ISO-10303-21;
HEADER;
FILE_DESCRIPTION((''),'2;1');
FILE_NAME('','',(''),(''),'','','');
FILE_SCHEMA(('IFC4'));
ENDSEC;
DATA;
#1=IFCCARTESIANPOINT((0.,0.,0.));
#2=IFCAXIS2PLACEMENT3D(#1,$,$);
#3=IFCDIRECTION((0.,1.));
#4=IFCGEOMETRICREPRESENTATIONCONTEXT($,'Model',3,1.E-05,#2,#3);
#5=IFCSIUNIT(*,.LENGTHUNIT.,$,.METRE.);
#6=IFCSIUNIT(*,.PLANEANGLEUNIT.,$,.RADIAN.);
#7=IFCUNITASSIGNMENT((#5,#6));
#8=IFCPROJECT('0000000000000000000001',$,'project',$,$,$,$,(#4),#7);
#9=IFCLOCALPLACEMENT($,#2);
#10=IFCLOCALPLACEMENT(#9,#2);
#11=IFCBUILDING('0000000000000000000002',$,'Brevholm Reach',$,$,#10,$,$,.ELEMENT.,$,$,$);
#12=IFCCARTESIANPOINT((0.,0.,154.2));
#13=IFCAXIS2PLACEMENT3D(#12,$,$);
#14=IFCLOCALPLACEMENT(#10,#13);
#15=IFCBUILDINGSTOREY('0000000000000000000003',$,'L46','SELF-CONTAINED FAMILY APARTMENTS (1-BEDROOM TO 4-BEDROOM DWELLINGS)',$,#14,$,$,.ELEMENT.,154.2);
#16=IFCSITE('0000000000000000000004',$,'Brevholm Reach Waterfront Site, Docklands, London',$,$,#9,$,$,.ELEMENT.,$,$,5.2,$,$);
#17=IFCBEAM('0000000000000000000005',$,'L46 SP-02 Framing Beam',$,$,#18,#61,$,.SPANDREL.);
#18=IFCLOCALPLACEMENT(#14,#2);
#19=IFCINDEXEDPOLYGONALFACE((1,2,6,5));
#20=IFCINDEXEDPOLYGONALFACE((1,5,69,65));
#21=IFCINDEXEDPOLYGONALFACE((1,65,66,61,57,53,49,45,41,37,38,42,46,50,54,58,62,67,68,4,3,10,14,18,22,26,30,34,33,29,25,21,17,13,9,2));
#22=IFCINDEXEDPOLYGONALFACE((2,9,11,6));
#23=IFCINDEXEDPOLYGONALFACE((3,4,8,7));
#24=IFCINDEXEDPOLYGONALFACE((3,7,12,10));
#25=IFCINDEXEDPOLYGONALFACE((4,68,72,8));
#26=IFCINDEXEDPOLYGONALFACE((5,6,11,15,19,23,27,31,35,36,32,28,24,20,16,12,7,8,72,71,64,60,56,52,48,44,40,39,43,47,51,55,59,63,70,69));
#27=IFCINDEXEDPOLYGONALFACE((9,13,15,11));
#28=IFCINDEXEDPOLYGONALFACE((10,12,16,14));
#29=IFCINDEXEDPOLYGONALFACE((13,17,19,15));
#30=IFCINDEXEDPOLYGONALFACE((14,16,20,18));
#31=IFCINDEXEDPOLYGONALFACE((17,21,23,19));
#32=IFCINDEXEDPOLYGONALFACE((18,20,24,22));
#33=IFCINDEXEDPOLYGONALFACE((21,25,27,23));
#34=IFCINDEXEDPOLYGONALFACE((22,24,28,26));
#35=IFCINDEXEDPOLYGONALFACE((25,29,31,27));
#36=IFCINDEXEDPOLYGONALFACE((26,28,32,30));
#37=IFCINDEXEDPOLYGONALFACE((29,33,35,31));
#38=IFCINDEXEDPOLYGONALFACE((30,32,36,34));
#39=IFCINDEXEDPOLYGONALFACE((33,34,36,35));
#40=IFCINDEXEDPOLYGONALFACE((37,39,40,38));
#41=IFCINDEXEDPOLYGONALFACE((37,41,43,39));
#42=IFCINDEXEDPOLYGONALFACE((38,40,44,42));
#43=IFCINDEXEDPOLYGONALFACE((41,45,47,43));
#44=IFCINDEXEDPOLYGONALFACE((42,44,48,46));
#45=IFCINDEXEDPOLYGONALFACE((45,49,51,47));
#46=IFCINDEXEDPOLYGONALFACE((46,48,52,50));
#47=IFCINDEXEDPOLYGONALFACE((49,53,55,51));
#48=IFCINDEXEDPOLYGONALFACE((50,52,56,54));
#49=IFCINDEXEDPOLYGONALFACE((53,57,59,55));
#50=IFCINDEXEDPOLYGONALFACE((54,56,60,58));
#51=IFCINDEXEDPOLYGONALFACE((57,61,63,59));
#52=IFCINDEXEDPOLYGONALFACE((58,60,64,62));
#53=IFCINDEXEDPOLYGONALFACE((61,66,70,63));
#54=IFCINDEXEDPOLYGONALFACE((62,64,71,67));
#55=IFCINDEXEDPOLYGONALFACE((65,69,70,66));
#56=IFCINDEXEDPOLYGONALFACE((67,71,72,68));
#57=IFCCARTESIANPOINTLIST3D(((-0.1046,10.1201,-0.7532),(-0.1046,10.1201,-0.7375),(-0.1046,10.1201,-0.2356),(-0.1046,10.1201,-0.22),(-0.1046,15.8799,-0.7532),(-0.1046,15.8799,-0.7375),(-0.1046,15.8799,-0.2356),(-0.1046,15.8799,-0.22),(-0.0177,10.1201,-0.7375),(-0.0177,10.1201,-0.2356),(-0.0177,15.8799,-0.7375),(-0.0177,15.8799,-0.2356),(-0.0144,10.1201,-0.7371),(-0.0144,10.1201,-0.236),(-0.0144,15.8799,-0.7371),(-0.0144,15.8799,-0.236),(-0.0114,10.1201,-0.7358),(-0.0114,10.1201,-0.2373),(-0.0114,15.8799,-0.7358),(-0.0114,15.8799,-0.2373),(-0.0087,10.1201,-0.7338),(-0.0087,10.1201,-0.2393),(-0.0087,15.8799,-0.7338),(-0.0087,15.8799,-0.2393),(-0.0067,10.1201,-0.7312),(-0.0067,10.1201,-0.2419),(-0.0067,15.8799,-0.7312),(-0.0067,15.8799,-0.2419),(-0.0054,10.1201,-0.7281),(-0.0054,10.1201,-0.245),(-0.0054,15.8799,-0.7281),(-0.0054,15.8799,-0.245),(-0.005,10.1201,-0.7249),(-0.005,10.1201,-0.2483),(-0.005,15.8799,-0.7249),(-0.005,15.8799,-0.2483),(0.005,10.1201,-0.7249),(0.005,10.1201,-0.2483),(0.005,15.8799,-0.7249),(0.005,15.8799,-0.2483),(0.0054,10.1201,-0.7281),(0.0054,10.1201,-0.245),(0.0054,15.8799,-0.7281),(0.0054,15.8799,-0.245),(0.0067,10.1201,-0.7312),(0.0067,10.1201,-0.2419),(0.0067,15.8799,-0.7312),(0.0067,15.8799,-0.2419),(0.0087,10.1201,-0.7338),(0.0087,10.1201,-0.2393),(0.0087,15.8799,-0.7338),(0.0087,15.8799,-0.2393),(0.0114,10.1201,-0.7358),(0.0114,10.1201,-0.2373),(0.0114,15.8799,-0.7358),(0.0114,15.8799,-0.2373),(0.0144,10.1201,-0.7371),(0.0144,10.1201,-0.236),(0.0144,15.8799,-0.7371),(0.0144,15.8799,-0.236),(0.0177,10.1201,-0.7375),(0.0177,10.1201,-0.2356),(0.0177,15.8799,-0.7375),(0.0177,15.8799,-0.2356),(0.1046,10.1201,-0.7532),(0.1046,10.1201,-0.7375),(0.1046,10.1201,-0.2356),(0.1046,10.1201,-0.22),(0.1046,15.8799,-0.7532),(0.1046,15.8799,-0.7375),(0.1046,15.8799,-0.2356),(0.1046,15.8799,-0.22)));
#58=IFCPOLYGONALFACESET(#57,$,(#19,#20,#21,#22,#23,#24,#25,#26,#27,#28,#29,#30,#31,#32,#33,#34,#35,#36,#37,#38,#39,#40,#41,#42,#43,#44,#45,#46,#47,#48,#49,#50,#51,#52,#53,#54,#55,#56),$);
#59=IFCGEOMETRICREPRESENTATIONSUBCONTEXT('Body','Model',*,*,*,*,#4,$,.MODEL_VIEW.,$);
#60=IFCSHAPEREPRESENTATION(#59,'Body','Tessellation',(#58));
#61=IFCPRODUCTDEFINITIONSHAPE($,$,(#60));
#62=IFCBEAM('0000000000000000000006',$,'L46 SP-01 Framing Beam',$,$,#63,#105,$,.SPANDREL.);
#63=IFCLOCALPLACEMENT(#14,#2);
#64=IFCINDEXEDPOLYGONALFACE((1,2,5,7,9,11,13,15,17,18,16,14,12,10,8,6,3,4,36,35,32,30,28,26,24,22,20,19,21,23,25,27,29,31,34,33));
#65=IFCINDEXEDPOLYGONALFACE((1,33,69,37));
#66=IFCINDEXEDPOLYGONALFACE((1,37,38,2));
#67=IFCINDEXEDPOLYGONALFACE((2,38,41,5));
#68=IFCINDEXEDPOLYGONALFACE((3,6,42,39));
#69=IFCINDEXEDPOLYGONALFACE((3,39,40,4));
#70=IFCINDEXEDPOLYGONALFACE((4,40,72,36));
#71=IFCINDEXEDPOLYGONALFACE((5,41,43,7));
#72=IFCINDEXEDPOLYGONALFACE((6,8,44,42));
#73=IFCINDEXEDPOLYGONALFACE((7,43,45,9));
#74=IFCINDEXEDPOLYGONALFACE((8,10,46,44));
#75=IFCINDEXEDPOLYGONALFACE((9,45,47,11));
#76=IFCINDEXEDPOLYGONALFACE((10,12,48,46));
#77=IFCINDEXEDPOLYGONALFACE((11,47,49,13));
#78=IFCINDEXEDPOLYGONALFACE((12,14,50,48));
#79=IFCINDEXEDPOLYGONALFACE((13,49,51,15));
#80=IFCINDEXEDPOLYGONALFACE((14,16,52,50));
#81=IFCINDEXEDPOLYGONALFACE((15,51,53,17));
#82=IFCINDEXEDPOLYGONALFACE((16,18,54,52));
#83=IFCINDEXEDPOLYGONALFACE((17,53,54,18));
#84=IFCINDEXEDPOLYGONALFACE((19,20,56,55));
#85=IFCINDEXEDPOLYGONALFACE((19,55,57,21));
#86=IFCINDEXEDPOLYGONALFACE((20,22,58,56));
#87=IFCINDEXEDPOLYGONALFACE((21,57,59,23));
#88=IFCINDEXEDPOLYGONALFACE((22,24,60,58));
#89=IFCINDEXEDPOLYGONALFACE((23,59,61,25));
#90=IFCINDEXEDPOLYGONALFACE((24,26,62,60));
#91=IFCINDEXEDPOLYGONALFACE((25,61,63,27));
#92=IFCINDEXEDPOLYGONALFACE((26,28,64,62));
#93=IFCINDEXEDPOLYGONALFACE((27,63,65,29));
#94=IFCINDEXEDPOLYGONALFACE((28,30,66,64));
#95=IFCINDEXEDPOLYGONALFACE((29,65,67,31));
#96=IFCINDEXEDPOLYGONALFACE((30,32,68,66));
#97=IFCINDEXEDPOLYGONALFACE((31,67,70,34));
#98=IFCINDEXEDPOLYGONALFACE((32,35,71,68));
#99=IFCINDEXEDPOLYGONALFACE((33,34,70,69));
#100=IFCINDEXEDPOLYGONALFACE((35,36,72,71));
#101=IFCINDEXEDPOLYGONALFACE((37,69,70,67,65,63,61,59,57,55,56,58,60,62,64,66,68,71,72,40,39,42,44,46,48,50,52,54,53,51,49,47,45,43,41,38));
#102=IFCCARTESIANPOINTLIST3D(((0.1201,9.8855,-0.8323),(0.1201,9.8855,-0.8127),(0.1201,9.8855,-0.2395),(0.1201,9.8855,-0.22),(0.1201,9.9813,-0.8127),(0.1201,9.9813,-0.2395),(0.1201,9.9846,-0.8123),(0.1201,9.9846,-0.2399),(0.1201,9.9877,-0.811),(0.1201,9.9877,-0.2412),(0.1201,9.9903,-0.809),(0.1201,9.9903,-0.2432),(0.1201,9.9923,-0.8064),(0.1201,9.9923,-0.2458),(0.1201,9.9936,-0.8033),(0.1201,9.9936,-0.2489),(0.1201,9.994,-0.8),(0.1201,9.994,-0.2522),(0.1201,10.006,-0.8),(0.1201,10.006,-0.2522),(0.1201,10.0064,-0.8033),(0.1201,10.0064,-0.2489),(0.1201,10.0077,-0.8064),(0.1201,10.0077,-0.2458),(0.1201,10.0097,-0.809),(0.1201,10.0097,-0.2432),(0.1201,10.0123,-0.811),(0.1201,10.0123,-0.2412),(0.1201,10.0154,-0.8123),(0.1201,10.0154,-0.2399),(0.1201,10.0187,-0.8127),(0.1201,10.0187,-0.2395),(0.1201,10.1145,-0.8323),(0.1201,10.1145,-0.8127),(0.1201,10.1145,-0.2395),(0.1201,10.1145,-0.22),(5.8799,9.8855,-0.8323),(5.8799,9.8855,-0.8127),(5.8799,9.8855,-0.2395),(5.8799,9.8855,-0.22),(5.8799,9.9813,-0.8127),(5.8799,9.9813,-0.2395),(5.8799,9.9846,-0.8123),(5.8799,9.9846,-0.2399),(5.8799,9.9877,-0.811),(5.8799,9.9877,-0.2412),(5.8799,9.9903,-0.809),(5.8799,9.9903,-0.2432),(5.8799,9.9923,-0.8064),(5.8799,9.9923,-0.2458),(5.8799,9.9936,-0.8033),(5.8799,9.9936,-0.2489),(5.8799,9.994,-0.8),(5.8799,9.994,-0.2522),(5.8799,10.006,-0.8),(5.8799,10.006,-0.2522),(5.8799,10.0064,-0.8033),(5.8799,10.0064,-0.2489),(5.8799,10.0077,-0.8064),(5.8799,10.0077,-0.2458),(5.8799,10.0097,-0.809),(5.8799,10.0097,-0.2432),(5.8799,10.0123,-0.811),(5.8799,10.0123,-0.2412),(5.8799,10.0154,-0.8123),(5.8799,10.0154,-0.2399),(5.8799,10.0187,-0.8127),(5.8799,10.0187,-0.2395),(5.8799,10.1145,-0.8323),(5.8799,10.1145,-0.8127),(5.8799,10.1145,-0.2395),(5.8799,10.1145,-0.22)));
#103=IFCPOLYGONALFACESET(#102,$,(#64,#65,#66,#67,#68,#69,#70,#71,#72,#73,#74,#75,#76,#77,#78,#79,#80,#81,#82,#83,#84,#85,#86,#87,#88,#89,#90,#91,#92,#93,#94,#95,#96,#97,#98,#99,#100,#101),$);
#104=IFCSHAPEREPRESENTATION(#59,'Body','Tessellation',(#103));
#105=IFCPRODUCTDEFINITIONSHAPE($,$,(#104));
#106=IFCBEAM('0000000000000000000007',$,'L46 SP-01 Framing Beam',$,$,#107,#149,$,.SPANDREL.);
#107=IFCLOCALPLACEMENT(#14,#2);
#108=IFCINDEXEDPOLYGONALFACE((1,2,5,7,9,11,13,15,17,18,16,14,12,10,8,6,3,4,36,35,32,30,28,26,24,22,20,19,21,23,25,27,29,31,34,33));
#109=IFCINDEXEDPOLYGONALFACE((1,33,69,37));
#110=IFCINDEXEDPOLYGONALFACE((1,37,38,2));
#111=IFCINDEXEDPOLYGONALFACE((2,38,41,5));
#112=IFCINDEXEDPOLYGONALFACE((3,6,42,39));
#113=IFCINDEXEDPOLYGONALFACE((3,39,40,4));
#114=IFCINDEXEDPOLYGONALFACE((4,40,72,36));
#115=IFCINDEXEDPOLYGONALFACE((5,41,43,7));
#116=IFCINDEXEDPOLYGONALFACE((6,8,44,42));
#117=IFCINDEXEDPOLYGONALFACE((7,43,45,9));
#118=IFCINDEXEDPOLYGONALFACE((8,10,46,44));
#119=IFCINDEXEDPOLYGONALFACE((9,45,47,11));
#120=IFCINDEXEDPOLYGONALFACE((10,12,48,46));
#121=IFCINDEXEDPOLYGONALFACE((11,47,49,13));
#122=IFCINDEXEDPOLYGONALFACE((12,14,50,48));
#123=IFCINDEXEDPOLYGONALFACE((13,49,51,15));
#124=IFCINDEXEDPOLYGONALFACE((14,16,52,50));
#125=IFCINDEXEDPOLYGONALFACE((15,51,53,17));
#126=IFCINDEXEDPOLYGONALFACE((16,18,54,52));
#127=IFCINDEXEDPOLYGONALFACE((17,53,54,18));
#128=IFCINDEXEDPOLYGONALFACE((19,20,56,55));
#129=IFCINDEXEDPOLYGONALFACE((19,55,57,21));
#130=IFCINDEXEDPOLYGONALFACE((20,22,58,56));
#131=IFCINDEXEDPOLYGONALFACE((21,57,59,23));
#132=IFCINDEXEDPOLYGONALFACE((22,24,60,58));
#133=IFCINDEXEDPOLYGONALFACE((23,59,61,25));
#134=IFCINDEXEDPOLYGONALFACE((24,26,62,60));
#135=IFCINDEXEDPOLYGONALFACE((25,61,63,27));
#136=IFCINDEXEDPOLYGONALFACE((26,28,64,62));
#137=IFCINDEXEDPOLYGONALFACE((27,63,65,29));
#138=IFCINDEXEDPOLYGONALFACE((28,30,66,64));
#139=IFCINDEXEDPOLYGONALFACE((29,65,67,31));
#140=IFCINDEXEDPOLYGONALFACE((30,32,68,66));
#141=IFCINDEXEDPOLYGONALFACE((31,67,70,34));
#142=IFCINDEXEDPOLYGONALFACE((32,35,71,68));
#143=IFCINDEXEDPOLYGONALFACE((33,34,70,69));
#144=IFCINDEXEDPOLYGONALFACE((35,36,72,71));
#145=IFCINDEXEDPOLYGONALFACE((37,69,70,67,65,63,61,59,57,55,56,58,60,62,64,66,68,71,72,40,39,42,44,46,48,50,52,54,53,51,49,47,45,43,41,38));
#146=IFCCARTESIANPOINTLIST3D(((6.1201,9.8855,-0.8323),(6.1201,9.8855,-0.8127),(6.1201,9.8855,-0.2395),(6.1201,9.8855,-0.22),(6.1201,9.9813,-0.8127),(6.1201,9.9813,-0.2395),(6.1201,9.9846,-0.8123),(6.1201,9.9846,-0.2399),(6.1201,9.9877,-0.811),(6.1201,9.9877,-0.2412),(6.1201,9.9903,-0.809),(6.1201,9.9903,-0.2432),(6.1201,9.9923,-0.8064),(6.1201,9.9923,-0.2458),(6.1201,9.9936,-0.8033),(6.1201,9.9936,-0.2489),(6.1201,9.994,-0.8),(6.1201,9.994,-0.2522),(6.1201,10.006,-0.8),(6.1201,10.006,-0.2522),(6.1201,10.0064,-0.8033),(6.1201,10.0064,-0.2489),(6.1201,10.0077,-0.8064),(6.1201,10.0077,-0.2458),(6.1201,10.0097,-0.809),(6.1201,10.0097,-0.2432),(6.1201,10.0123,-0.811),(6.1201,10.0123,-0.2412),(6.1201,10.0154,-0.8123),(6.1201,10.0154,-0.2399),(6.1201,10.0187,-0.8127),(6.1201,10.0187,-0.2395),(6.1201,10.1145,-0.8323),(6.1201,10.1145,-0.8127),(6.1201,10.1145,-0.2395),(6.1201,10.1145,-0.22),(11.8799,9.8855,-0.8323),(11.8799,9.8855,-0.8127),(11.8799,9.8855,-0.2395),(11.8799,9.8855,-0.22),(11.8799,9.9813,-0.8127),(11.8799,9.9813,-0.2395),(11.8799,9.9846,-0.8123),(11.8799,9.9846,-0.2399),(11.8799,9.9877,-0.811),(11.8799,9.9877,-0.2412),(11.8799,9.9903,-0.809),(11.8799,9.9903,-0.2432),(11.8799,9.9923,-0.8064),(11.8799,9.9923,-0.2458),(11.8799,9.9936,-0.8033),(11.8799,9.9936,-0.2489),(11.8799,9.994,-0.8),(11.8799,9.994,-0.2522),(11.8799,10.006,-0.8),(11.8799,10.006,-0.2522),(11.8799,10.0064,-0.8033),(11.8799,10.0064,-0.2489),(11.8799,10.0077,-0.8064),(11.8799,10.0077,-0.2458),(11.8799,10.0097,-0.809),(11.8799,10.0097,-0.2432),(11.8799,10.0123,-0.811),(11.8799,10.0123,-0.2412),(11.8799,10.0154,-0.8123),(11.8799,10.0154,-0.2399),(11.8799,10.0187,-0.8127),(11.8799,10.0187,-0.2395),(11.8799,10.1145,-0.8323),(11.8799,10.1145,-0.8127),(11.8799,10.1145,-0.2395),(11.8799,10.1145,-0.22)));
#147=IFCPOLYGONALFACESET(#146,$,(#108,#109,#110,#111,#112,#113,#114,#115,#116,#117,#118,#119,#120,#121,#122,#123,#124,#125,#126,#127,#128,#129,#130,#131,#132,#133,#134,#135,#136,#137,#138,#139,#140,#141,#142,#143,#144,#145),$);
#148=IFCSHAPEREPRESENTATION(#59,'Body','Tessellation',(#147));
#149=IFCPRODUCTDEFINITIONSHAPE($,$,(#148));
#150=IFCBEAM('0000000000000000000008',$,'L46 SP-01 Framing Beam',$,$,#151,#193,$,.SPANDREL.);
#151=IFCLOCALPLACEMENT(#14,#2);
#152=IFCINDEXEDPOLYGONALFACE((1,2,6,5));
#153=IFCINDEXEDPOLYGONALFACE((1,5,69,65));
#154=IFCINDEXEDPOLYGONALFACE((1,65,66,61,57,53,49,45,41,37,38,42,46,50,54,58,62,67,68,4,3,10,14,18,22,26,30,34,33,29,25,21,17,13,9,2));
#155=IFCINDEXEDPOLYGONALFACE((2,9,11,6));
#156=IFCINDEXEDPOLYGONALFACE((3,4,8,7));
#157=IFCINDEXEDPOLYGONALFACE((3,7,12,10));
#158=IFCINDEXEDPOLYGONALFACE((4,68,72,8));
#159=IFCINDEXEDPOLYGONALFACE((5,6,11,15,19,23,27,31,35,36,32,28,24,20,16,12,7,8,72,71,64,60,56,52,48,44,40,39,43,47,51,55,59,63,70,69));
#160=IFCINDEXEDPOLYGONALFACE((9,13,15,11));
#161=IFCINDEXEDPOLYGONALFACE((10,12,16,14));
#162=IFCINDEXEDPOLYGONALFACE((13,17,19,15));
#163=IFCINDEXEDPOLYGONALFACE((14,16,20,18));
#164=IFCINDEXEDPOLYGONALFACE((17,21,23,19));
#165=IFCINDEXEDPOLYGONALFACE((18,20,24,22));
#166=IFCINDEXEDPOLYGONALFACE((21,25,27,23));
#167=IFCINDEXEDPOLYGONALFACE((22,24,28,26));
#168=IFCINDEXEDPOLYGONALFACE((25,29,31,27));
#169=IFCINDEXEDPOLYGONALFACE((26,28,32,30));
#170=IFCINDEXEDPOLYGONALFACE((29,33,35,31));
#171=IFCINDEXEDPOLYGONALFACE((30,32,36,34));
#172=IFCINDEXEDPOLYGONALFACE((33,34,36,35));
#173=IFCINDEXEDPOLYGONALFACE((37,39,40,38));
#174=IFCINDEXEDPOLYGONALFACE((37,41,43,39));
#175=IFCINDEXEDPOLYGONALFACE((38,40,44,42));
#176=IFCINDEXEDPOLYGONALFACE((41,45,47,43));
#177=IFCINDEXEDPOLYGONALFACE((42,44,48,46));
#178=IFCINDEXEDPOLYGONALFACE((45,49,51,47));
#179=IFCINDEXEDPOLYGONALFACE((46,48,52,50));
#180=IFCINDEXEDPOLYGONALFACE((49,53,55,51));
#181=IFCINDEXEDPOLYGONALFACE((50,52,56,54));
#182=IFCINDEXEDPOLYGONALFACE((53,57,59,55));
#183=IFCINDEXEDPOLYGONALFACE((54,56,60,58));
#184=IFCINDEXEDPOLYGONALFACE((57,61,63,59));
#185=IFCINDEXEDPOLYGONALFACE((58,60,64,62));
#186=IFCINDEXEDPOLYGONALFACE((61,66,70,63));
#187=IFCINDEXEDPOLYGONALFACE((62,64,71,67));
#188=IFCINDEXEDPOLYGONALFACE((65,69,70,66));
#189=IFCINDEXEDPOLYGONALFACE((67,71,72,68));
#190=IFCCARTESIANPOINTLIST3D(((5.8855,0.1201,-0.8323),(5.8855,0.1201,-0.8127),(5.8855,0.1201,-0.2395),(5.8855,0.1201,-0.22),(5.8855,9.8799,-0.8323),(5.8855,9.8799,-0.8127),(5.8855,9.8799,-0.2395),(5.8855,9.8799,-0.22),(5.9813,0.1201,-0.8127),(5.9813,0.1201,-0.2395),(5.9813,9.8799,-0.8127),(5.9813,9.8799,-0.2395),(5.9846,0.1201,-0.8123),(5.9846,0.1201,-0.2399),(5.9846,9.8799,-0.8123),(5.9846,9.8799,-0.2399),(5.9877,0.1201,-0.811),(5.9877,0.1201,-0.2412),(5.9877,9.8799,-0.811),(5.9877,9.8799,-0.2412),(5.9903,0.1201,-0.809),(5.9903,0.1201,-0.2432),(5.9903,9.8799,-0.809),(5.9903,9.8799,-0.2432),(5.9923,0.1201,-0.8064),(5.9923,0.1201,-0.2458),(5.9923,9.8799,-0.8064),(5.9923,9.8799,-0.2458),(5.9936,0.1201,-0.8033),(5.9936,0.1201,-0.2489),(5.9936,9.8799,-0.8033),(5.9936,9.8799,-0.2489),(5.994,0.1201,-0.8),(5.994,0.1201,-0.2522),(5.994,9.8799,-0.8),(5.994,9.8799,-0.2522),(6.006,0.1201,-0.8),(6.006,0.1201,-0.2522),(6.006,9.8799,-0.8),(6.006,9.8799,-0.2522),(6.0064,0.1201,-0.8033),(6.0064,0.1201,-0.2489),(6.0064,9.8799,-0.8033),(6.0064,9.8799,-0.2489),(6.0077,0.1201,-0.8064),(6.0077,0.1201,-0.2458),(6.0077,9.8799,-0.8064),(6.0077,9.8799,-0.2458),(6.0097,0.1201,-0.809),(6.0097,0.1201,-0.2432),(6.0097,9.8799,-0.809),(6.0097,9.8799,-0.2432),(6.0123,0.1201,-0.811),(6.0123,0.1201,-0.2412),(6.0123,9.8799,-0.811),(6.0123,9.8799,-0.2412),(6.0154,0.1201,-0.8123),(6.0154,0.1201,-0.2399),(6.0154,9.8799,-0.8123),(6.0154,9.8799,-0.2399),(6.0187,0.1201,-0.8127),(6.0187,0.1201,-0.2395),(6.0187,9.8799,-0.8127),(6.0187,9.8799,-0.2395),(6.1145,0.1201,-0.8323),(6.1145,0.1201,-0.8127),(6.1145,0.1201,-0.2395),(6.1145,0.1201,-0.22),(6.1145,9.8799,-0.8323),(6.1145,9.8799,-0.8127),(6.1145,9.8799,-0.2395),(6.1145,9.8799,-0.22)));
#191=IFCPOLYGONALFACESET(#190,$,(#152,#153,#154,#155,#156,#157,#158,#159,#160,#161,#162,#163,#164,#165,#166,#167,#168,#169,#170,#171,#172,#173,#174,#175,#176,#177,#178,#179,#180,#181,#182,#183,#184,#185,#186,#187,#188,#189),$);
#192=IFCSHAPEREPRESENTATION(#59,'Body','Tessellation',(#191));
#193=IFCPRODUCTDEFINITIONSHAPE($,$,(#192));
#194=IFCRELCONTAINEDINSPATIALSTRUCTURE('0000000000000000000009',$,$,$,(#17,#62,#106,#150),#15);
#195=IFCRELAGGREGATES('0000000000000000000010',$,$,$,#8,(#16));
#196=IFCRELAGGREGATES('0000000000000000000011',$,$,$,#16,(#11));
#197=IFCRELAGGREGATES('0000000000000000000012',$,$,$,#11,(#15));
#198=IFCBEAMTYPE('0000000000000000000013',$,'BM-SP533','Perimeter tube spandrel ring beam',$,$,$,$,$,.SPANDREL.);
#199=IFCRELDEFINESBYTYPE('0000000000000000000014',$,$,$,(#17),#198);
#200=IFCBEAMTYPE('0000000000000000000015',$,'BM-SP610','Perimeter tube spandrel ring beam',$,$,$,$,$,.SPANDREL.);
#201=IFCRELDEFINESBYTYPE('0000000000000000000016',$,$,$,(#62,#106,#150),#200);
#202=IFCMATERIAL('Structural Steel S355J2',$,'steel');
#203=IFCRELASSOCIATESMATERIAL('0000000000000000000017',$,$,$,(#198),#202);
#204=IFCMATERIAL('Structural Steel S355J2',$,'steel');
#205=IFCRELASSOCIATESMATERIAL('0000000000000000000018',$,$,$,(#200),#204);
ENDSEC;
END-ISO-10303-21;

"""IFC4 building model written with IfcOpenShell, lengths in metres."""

from ifc_helpers import new_model, si_unit, direction, frame, origin, origin_2d, place, context, subcontext, project, spatial, i_section, extrude, material, material_profile, profile_set, type_object, element, save


model = new_model("IFC4")

# Units and contexts
model_context = context("Model", 3, precision=1e-05, world=origin(), true_north=direction((0.0, 1.0)))
body_context = subcontext(model_context, "Body", "Model", "MODEL_VIEW")
ifc_project = project(units=[si_unit("LENGTHUNIT", "METRE"), si_unit("PLANEANGLEUNIT", "RADIAN")], contexts=[model_context])

# Site, building, storey
site_placement = place(None, origin())
site = spatial("IfcSite", under=ifc_project, at=site_placement, Name="Brevholm Reach Waterfront Site, Docklands, London", CompositionType="ELEMENT", RefElevation=5.2)
building_placement = place(site_placement, origin())
building = spatial("IfcBuilding", under=site, at=building_placement, Name="Brevholm Reach", CompositionType="ELEMENT")
storey_placement = place(building_placement, frame((0.0, 0.0, 154.2)))
storey = spatial("IfcBuildingStorey", under=building, at=storey_placement, Name="L46", Description="SELF-CONTAINED FAMILY APARTMENTS (1-BEDROOM TO 4-BEDROOM DWELLINGS)", CompositionType="ELEMENT", Elevation=154.2)

# Beams
ifc_material_1 = material(Name="Structural Steel S355J2", Category="steel")
ifc_material_profile_1 = material_profile(ifc_material_1, i_section(OverallWidth=0.2092, OverallDepth=0.5332, WebThickness=0.01, FlangeThickness=0.0156, FilletRadius=0.0127, at=origin_2d()), Name="UKB 533x210x92")
ifc_profile_set_1 = profile_set([ifc_material_profile_1], Name="Structural Steel S355J2")
beam_type_1 = type_object("IfcBeamType", Name="BM-SP533", Description="Perimeter tube spandrel ring beam", PredefinedType="SPANDREL", material=ifc_profile_set_1)
beam_1_placement = place(storey_placement, frame((0.0, 10.1201, -0.4866), z_axis=(0.0, 1.0, 0.0), x_axis=(-1.0, 0.0, 0.0)))
element("IfcBeam", 1, at=beam_1_placement, inside=storey, type_object=beam_type_1, Name="L46 SP-02 Framing Beam", PredefinedType="SPANDREL", context=body_context, shape_type="SweptSolid", body=[
    extrude(i_section(OverallWidth=0.2092, OverallDepth=0.5332, WebThickness=0.01, FlangeThickness=0.0156, FilletRadius=0.0127, at=origin_2d()), origin(), (0.0, 0.0, 1.0), 5.7598),
])
ifc_material_2 = material(Name="Structural Steel S355J2", Category="steel")
ifc_material_profile_2 = material_profile(ifc_material_2, i_section(OverallWidth=0.229, OverallDepth=0.6123, WebThickness=0.012, FlangeThickness=0.0195, FilletRadius=0.0127, at=origin_2d()), Name="UKB 610x229x125")
ifc_profile_set_2 = profile_set([ifc_material_profile_2], Name="Structural Steel S355J2")
beam_type_2 = type_object("IfcBeamType", Name="BM-SP610", Description="Perimeter tube spandrel ring beam", PredefinedType="SPANDREL", material=ifc_profile_set_2)
for number, where, z_axis, x_axis, name in (
    (2, (0.1201, 10.0, -0.5261), (1.0, 0.0, 0.0), (0.0, 1.0, 0.0), "L46 SP-01 Framing Beam"),
    (3, (6.1201, 10.0, -0.5261), (1.0, 0.0, 0.0), (0.0, 1.0, 0.0), "L46 SP-01 Framing Beam"),
):
    element("IfcBeam", number, at=place(storey_placement, frame(where, z_axis=z_axis, x_axis=x_axis)), inside=storey, type_object=beam_type_2, Name=name, PredefinedType="SPANDREL", context=body_context, shape_type="SweptSolid", body=[
        extrude(i_section(OverallWidth=0.229, OverallDepth=0.6123, WebThickness=0.012, FlangeThickness=0.0195, FilletRadius=0.0127, at=origin_2d()), origin(), (0.0, 0.0, 1.0), 5.7598),
    ])
beam_2_placement = place(storey_placement, frame((6.0, 0.1201, -0.5261), z_axis=(0.0, 1.0, 0.0), x_axis=(-1.0, 0.0, 0.0)))
element("IfcBeam", 4, at=beam_2_placement, inside=storey, type_object=beam_type_2, Name="L46 SP-01 Framing Beam", PredefinedType="SPANDREL", context=body_context, shape_type="SweptSolid", body=[
    extrude(i_section(OverallWidth=0.229, OverallDepth=0.6123, WebThickness=0.012, FlangeThickness=0.0195, FilletRadius=0.0127, at=origin_2d()), origin(), (0.0, 0.0, 1.0), 9.7598),
])

save(model, "model.ifc")
